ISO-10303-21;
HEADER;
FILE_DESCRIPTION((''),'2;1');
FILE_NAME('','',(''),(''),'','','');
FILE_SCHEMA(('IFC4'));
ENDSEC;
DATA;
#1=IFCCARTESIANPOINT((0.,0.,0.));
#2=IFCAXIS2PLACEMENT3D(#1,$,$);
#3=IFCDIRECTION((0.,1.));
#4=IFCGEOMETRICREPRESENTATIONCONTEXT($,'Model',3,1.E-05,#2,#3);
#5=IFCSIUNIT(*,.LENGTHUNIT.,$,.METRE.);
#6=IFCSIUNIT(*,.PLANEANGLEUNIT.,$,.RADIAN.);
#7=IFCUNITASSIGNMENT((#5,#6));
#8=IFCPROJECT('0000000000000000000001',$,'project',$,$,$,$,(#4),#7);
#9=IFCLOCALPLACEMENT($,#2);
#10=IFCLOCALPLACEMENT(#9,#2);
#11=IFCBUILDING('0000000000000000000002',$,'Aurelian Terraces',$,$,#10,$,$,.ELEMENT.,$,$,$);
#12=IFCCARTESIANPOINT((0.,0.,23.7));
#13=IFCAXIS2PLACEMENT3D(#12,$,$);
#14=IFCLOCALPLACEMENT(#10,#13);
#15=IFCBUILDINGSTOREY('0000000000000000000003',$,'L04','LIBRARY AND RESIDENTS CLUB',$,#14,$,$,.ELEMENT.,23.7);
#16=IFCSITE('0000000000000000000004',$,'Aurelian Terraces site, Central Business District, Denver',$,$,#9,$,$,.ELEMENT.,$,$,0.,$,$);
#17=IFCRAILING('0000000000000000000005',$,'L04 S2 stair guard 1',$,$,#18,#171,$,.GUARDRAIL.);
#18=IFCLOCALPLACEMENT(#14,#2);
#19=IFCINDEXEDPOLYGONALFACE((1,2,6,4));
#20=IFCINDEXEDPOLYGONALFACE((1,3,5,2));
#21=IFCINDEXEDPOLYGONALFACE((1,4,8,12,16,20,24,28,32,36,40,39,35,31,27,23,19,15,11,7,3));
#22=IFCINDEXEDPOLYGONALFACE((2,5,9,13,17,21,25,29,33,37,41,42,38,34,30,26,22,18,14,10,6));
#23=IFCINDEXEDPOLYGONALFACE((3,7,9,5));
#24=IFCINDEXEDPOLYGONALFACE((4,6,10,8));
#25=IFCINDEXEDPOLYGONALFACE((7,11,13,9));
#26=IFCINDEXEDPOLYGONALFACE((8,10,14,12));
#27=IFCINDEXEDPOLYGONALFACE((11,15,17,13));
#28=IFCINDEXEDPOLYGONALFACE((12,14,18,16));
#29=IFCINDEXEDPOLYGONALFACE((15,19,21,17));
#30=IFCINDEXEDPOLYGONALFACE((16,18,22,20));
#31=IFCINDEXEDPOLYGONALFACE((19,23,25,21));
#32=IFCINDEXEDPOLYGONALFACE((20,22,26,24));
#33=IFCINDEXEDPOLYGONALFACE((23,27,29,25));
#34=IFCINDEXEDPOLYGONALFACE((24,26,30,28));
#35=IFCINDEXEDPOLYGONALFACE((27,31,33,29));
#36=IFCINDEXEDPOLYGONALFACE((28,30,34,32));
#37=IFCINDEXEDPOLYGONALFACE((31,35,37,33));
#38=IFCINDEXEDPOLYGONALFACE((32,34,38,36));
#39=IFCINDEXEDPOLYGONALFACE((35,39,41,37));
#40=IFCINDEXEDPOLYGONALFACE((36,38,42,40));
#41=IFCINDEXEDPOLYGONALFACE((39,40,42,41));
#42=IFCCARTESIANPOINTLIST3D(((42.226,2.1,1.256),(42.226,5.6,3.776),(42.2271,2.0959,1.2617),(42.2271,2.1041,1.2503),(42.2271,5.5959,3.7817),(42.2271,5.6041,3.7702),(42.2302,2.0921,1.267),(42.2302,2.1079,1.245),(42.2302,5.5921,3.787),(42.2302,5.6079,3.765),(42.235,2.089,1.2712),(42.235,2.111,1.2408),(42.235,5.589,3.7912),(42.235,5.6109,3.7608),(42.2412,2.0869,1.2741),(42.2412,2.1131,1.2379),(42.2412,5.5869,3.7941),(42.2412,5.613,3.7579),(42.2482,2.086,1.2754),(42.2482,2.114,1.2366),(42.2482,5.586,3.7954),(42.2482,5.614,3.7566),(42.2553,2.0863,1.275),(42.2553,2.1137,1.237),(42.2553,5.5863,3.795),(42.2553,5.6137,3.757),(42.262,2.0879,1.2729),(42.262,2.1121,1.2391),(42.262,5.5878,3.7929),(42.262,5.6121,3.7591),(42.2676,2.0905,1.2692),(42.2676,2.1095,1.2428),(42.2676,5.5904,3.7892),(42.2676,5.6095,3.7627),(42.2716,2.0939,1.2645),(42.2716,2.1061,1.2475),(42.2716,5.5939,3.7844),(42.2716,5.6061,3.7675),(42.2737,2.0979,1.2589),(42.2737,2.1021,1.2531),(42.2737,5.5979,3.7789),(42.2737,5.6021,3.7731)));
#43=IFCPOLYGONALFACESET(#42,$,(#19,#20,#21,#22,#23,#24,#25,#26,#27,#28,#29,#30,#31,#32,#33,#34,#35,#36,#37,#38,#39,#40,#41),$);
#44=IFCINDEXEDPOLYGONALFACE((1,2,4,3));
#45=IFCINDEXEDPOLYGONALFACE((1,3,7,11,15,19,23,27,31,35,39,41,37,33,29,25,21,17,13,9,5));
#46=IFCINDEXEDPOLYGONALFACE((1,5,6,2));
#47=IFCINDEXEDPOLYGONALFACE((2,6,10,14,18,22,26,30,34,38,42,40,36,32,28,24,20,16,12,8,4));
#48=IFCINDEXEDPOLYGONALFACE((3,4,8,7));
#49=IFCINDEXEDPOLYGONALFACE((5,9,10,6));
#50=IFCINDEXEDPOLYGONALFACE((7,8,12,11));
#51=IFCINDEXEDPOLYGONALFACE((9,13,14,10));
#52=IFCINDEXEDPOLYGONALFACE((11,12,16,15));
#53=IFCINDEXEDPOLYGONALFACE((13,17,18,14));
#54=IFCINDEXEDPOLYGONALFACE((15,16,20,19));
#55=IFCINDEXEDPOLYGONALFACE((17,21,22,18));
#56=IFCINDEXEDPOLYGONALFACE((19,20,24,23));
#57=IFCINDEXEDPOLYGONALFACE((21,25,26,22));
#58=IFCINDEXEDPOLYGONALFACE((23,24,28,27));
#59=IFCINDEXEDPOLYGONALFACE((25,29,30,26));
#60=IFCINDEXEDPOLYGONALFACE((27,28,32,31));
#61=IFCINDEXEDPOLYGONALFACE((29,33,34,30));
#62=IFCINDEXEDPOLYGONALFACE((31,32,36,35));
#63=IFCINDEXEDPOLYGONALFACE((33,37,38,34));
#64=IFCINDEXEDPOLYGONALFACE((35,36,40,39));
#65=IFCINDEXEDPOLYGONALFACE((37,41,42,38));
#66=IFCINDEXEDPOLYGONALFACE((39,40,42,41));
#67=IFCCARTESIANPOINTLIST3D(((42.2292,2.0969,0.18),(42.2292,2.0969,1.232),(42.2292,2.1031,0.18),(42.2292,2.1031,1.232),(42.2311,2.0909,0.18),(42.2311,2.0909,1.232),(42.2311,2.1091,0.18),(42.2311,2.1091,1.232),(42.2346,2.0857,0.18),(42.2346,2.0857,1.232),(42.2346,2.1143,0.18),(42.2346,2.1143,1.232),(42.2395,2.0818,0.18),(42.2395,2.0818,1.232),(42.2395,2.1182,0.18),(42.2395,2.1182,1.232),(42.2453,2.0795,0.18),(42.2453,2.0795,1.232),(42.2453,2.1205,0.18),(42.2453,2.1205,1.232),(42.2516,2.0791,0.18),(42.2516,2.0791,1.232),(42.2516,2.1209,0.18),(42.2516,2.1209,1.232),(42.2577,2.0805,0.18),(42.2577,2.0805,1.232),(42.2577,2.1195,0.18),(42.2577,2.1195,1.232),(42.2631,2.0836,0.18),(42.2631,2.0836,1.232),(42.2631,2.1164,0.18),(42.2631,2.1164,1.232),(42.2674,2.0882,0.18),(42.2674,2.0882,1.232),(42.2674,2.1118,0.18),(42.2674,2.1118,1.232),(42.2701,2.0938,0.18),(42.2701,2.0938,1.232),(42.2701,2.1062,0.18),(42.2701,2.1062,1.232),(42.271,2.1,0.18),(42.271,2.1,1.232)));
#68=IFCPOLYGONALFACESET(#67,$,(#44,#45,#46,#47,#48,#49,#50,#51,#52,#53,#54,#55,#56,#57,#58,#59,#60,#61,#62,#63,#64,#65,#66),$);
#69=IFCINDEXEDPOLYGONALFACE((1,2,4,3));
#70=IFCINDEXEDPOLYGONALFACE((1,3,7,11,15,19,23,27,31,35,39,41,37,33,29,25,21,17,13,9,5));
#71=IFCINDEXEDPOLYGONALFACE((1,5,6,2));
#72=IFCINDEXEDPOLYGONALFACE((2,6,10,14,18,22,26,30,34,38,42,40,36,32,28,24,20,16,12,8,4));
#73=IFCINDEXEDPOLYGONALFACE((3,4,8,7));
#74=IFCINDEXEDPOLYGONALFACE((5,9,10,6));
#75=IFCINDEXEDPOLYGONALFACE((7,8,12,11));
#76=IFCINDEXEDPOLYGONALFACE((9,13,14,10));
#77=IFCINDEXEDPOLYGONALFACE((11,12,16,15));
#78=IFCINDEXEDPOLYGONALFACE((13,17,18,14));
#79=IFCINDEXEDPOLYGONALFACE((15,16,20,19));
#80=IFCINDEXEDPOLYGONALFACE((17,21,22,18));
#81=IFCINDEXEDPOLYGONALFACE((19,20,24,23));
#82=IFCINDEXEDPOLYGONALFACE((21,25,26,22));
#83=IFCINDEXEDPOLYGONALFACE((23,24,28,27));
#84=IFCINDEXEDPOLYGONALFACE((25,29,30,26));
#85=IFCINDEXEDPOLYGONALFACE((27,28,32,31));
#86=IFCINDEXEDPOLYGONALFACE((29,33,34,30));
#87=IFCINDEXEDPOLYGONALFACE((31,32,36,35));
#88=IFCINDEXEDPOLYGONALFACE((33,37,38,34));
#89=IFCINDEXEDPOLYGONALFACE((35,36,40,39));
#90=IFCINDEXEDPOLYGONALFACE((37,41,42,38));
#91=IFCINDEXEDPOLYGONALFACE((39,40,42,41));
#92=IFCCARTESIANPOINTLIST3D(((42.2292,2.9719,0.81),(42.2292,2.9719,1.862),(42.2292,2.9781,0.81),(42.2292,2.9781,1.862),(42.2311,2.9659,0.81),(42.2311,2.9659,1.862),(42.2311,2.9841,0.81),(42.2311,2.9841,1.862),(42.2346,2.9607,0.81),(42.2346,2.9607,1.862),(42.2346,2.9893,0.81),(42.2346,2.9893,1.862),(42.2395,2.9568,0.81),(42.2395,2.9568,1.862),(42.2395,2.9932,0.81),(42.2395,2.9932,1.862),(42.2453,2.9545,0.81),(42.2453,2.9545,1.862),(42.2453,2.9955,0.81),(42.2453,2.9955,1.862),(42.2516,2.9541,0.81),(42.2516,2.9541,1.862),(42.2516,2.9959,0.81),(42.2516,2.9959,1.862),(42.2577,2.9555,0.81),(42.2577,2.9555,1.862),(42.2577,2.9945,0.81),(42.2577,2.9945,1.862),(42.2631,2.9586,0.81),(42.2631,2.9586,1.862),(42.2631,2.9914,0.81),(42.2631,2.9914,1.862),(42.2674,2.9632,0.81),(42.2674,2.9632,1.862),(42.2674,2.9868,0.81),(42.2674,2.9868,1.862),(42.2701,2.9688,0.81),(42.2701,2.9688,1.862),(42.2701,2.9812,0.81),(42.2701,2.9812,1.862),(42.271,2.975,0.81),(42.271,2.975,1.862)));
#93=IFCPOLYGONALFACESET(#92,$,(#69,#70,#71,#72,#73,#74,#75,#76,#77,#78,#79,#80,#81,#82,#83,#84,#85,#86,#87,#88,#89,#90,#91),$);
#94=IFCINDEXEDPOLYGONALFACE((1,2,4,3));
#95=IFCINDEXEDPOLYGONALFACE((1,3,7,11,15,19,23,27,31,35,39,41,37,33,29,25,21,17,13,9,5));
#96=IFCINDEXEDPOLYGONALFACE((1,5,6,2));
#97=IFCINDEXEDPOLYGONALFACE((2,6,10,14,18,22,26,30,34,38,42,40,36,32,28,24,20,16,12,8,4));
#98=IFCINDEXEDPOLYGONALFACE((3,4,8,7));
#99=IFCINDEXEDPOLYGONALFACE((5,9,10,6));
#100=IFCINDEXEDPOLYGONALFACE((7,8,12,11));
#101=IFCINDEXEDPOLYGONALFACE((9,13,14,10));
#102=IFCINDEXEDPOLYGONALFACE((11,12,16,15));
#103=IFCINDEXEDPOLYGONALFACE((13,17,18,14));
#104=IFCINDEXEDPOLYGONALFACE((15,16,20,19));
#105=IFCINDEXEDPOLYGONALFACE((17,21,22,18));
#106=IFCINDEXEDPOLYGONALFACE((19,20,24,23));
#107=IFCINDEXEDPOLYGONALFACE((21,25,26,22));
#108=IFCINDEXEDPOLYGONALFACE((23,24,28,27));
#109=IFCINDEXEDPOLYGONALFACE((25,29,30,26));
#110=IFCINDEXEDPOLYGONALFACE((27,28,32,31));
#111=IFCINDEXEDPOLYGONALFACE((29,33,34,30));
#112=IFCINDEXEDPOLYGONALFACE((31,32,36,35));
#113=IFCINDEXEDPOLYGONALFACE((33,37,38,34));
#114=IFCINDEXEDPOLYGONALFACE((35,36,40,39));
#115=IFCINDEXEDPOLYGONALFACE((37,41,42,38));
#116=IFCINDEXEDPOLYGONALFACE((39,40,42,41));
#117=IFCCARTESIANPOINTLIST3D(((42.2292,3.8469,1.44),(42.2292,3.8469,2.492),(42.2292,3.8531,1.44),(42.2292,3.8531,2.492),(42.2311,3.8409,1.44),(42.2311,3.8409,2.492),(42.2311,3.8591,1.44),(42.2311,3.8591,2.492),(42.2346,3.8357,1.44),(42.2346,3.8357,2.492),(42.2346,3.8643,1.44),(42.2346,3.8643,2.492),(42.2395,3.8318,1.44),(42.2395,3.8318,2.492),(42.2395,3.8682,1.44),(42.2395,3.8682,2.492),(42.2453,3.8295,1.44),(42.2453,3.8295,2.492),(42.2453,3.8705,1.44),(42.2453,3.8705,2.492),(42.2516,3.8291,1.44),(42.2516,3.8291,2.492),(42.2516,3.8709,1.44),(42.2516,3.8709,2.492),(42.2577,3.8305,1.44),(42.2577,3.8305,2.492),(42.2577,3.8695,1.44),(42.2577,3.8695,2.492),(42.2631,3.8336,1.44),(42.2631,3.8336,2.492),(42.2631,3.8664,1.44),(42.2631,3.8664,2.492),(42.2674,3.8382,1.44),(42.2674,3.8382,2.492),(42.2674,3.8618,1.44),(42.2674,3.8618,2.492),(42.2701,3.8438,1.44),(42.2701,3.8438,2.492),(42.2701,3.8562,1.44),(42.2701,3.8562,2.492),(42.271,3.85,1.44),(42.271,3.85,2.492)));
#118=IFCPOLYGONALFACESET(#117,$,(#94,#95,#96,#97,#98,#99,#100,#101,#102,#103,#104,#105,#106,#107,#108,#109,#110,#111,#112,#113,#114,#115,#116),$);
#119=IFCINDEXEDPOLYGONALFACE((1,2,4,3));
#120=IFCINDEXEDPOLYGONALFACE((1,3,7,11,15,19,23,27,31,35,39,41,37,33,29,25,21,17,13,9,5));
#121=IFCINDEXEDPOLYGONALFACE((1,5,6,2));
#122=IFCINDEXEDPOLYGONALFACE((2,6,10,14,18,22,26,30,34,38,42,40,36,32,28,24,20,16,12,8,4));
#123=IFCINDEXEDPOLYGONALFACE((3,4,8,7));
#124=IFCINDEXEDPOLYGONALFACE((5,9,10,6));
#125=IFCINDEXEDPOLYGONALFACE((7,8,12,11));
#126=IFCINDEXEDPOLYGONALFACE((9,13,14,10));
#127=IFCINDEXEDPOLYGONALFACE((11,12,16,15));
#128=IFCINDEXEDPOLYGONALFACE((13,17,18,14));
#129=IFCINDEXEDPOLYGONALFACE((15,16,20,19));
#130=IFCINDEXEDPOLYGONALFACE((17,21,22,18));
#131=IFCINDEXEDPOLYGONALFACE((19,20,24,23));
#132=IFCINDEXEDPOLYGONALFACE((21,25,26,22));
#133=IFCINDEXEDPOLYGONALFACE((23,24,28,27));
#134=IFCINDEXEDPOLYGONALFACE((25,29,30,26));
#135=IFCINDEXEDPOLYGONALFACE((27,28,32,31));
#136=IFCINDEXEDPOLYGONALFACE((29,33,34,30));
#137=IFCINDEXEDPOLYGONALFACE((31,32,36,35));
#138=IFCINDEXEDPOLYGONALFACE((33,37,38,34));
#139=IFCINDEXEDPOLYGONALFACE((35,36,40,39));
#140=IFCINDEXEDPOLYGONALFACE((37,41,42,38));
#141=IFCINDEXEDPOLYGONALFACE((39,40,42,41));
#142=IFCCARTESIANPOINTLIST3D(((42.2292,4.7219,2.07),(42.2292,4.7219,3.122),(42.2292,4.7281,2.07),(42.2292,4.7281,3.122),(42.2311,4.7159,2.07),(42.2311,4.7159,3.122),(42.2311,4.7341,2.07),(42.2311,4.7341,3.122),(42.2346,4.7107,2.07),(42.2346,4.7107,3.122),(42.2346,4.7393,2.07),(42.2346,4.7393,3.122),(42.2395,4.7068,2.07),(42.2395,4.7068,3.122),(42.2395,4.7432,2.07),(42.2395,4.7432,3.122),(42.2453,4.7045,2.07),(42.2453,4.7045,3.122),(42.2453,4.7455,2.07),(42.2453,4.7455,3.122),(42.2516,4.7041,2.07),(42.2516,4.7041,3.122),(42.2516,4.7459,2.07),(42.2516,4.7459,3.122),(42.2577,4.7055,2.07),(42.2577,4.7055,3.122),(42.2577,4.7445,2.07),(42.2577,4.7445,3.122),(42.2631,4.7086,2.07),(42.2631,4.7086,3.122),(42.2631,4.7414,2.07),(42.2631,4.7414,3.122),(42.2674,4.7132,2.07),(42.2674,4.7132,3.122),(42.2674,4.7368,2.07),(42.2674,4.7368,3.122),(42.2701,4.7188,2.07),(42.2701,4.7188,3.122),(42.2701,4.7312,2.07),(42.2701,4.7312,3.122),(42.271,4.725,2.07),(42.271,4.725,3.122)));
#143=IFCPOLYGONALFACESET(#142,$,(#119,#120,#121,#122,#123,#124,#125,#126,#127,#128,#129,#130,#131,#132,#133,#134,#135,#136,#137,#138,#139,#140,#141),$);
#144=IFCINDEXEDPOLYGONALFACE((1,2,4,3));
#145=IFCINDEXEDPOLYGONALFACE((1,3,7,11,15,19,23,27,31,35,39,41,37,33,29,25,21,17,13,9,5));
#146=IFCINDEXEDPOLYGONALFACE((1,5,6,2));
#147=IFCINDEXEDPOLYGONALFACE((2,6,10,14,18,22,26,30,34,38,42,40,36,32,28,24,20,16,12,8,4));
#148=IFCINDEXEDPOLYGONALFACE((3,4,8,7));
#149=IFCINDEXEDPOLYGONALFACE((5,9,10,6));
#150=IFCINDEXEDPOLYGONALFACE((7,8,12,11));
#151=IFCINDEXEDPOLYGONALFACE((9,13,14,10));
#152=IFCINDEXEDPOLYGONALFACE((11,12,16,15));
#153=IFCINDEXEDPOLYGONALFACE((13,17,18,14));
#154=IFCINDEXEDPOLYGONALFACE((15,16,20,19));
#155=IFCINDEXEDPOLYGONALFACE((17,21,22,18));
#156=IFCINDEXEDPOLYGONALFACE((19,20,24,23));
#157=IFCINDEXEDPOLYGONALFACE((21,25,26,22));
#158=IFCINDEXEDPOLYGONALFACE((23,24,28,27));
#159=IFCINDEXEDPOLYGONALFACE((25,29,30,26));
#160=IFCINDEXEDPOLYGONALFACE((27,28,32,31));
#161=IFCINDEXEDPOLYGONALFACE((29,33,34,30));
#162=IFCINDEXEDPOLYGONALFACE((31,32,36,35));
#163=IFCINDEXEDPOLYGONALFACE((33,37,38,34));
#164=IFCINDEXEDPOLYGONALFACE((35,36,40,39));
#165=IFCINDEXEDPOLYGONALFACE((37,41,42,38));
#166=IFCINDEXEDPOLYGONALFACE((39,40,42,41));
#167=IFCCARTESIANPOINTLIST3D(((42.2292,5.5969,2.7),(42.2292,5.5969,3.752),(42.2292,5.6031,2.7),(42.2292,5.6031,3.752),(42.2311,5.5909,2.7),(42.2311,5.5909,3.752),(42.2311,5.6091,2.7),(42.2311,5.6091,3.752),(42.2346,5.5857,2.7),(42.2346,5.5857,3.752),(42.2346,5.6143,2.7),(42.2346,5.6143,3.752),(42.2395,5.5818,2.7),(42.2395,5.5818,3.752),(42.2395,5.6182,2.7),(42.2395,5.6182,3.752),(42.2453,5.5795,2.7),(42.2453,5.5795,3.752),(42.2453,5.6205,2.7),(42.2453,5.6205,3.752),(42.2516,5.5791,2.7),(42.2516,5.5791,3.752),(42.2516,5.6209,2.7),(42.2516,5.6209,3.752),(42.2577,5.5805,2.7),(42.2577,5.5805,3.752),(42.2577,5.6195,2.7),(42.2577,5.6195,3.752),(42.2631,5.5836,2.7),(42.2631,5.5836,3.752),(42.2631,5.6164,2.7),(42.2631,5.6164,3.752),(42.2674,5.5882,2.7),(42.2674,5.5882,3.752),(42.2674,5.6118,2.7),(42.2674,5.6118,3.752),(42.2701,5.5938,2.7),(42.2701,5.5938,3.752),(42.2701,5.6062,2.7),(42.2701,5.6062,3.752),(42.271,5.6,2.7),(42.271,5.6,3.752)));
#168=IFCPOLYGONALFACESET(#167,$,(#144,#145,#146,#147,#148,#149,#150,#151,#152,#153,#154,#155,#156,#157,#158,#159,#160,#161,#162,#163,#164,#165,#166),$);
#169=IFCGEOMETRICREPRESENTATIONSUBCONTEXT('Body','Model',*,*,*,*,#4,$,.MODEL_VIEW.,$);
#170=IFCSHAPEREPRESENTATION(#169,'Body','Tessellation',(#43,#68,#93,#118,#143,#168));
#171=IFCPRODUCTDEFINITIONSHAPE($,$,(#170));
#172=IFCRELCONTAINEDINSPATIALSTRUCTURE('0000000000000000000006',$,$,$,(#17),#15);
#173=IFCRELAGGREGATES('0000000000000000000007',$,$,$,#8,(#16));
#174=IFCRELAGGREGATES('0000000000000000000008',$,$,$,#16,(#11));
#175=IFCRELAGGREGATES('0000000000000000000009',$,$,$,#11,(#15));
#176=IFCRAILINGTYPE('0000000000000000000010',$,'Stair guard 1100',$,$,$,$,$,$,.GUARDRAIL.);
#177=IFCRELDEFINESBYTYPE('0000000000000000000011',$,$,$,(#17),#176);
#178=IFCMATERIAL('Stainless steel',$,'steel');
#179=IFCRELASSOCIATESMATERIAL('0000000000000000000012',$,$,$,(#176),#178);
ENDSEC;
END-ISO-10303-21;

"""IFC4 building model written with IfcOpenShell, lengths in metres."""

from ifc_helpers import new_model, si_unit, direction, frame, origin, origin_2d, place, context, subcontext, project, spatial, circle, extrude, source, transform, mapped, material, type_object, element, save


model = new_model("IFC4")

# Units and contexts
model_context = context("Model", 3, precision=1e-05, world=origin(), true_north=direction((0.0, 1.0)))
body_context = subcontext(model_context, "Body", "Model", "MODEL_VIEW")
ifc_project = project(units=[si_unit("LENGTHUNIT", "METRE"), si_unit("PLANEANGLEUNIT", "RADIAN")], contexts=[model_context])

# Site, building, storey
site_placement = place(None, origin())
site = spatial("IfcSite", under=ifc_project, at=site_placement, Name="Aurelian Terraces site, Central Business District, Denver", CompositionType="ELEMENT", RefElevation=0.0)
building_placement = place(site_placement, origin())
building = spatial("IfcBuilding", under=site, at=building_placement, Name="Aurelian Terraces", CompositionType="ELEMENT")
storey_placement = place(building_placement, frame((0.0, 0.0, 23.7)))
storey = spatial("IfcBuildingStorey", under=building, at=storey_placement, Name="L04", Description="LIBRARY AND RESIDENTS CLUB", CompositionType="ELEMENT", Elevation=23.7)

# Railing
ifc_material_1 = material(Name="Stainless steel", Category="steel")
railing_type_1 = type_object("IfcRailingType", Name="Stair guard 1100", PredefinedType="GUARDRAIL", material=ifc_material_1)
shared_shape_1 = source(origin(), body_context, "Body", "SweptSolid", [
    extrude(circle(Radius=0.024, at=origin_2d()), frame((0.0, 0.0, 1.076), z_axis=(0.0, 0.811534, 0.584305), x_axis=(-1.0, 0.0, 0.0)), (0.0, 0.0, 1.0), 4.3128),
    extrude(circle(Radius=0.021, at=origin_2d()), origin(), (0.0, 0.0, 1.0), 1.052),
    extrude(circle(Radius=0.021, at=origin_2d()), frame((0.0, 0.875, 0.63)), (0.0, 0.0, 1.0), 1.052),
    extrude(circle(Radius=0.021, at=origin_2d()), frame((0.0, 1.75, 1.26)), (0.0, 0.0, 1.0), 1.052),
    extrude(circle(Radius=0.021, at=origin_2d()), frame((0.0, 2.625, 1.89)), (0.0, 0.0, 1.0), 1.052),
    extrude(circle(Radius=0.021, at=origin_2d()), frame((0.0, 3.5, 2.52)), (0.0, 0.0, 1.0), 1.052),
])
railing_1_placement = place(storey_placement, frame((42.25, 2.1, 0.18)))
element("IfcRailing", 1, at=railing_1_placement, inside=storey, type_object=railing_type_1, Name="L04 S2 stair guard 1", PredefinedType="GUARDRAIL", context=body_context, shape_type="MappedRepresentation", body=[
    mapped(shared_shape_1, transform((0.0, 0.0, 0.0), scale=1.0)),
])

save(model, "model.ifc")
